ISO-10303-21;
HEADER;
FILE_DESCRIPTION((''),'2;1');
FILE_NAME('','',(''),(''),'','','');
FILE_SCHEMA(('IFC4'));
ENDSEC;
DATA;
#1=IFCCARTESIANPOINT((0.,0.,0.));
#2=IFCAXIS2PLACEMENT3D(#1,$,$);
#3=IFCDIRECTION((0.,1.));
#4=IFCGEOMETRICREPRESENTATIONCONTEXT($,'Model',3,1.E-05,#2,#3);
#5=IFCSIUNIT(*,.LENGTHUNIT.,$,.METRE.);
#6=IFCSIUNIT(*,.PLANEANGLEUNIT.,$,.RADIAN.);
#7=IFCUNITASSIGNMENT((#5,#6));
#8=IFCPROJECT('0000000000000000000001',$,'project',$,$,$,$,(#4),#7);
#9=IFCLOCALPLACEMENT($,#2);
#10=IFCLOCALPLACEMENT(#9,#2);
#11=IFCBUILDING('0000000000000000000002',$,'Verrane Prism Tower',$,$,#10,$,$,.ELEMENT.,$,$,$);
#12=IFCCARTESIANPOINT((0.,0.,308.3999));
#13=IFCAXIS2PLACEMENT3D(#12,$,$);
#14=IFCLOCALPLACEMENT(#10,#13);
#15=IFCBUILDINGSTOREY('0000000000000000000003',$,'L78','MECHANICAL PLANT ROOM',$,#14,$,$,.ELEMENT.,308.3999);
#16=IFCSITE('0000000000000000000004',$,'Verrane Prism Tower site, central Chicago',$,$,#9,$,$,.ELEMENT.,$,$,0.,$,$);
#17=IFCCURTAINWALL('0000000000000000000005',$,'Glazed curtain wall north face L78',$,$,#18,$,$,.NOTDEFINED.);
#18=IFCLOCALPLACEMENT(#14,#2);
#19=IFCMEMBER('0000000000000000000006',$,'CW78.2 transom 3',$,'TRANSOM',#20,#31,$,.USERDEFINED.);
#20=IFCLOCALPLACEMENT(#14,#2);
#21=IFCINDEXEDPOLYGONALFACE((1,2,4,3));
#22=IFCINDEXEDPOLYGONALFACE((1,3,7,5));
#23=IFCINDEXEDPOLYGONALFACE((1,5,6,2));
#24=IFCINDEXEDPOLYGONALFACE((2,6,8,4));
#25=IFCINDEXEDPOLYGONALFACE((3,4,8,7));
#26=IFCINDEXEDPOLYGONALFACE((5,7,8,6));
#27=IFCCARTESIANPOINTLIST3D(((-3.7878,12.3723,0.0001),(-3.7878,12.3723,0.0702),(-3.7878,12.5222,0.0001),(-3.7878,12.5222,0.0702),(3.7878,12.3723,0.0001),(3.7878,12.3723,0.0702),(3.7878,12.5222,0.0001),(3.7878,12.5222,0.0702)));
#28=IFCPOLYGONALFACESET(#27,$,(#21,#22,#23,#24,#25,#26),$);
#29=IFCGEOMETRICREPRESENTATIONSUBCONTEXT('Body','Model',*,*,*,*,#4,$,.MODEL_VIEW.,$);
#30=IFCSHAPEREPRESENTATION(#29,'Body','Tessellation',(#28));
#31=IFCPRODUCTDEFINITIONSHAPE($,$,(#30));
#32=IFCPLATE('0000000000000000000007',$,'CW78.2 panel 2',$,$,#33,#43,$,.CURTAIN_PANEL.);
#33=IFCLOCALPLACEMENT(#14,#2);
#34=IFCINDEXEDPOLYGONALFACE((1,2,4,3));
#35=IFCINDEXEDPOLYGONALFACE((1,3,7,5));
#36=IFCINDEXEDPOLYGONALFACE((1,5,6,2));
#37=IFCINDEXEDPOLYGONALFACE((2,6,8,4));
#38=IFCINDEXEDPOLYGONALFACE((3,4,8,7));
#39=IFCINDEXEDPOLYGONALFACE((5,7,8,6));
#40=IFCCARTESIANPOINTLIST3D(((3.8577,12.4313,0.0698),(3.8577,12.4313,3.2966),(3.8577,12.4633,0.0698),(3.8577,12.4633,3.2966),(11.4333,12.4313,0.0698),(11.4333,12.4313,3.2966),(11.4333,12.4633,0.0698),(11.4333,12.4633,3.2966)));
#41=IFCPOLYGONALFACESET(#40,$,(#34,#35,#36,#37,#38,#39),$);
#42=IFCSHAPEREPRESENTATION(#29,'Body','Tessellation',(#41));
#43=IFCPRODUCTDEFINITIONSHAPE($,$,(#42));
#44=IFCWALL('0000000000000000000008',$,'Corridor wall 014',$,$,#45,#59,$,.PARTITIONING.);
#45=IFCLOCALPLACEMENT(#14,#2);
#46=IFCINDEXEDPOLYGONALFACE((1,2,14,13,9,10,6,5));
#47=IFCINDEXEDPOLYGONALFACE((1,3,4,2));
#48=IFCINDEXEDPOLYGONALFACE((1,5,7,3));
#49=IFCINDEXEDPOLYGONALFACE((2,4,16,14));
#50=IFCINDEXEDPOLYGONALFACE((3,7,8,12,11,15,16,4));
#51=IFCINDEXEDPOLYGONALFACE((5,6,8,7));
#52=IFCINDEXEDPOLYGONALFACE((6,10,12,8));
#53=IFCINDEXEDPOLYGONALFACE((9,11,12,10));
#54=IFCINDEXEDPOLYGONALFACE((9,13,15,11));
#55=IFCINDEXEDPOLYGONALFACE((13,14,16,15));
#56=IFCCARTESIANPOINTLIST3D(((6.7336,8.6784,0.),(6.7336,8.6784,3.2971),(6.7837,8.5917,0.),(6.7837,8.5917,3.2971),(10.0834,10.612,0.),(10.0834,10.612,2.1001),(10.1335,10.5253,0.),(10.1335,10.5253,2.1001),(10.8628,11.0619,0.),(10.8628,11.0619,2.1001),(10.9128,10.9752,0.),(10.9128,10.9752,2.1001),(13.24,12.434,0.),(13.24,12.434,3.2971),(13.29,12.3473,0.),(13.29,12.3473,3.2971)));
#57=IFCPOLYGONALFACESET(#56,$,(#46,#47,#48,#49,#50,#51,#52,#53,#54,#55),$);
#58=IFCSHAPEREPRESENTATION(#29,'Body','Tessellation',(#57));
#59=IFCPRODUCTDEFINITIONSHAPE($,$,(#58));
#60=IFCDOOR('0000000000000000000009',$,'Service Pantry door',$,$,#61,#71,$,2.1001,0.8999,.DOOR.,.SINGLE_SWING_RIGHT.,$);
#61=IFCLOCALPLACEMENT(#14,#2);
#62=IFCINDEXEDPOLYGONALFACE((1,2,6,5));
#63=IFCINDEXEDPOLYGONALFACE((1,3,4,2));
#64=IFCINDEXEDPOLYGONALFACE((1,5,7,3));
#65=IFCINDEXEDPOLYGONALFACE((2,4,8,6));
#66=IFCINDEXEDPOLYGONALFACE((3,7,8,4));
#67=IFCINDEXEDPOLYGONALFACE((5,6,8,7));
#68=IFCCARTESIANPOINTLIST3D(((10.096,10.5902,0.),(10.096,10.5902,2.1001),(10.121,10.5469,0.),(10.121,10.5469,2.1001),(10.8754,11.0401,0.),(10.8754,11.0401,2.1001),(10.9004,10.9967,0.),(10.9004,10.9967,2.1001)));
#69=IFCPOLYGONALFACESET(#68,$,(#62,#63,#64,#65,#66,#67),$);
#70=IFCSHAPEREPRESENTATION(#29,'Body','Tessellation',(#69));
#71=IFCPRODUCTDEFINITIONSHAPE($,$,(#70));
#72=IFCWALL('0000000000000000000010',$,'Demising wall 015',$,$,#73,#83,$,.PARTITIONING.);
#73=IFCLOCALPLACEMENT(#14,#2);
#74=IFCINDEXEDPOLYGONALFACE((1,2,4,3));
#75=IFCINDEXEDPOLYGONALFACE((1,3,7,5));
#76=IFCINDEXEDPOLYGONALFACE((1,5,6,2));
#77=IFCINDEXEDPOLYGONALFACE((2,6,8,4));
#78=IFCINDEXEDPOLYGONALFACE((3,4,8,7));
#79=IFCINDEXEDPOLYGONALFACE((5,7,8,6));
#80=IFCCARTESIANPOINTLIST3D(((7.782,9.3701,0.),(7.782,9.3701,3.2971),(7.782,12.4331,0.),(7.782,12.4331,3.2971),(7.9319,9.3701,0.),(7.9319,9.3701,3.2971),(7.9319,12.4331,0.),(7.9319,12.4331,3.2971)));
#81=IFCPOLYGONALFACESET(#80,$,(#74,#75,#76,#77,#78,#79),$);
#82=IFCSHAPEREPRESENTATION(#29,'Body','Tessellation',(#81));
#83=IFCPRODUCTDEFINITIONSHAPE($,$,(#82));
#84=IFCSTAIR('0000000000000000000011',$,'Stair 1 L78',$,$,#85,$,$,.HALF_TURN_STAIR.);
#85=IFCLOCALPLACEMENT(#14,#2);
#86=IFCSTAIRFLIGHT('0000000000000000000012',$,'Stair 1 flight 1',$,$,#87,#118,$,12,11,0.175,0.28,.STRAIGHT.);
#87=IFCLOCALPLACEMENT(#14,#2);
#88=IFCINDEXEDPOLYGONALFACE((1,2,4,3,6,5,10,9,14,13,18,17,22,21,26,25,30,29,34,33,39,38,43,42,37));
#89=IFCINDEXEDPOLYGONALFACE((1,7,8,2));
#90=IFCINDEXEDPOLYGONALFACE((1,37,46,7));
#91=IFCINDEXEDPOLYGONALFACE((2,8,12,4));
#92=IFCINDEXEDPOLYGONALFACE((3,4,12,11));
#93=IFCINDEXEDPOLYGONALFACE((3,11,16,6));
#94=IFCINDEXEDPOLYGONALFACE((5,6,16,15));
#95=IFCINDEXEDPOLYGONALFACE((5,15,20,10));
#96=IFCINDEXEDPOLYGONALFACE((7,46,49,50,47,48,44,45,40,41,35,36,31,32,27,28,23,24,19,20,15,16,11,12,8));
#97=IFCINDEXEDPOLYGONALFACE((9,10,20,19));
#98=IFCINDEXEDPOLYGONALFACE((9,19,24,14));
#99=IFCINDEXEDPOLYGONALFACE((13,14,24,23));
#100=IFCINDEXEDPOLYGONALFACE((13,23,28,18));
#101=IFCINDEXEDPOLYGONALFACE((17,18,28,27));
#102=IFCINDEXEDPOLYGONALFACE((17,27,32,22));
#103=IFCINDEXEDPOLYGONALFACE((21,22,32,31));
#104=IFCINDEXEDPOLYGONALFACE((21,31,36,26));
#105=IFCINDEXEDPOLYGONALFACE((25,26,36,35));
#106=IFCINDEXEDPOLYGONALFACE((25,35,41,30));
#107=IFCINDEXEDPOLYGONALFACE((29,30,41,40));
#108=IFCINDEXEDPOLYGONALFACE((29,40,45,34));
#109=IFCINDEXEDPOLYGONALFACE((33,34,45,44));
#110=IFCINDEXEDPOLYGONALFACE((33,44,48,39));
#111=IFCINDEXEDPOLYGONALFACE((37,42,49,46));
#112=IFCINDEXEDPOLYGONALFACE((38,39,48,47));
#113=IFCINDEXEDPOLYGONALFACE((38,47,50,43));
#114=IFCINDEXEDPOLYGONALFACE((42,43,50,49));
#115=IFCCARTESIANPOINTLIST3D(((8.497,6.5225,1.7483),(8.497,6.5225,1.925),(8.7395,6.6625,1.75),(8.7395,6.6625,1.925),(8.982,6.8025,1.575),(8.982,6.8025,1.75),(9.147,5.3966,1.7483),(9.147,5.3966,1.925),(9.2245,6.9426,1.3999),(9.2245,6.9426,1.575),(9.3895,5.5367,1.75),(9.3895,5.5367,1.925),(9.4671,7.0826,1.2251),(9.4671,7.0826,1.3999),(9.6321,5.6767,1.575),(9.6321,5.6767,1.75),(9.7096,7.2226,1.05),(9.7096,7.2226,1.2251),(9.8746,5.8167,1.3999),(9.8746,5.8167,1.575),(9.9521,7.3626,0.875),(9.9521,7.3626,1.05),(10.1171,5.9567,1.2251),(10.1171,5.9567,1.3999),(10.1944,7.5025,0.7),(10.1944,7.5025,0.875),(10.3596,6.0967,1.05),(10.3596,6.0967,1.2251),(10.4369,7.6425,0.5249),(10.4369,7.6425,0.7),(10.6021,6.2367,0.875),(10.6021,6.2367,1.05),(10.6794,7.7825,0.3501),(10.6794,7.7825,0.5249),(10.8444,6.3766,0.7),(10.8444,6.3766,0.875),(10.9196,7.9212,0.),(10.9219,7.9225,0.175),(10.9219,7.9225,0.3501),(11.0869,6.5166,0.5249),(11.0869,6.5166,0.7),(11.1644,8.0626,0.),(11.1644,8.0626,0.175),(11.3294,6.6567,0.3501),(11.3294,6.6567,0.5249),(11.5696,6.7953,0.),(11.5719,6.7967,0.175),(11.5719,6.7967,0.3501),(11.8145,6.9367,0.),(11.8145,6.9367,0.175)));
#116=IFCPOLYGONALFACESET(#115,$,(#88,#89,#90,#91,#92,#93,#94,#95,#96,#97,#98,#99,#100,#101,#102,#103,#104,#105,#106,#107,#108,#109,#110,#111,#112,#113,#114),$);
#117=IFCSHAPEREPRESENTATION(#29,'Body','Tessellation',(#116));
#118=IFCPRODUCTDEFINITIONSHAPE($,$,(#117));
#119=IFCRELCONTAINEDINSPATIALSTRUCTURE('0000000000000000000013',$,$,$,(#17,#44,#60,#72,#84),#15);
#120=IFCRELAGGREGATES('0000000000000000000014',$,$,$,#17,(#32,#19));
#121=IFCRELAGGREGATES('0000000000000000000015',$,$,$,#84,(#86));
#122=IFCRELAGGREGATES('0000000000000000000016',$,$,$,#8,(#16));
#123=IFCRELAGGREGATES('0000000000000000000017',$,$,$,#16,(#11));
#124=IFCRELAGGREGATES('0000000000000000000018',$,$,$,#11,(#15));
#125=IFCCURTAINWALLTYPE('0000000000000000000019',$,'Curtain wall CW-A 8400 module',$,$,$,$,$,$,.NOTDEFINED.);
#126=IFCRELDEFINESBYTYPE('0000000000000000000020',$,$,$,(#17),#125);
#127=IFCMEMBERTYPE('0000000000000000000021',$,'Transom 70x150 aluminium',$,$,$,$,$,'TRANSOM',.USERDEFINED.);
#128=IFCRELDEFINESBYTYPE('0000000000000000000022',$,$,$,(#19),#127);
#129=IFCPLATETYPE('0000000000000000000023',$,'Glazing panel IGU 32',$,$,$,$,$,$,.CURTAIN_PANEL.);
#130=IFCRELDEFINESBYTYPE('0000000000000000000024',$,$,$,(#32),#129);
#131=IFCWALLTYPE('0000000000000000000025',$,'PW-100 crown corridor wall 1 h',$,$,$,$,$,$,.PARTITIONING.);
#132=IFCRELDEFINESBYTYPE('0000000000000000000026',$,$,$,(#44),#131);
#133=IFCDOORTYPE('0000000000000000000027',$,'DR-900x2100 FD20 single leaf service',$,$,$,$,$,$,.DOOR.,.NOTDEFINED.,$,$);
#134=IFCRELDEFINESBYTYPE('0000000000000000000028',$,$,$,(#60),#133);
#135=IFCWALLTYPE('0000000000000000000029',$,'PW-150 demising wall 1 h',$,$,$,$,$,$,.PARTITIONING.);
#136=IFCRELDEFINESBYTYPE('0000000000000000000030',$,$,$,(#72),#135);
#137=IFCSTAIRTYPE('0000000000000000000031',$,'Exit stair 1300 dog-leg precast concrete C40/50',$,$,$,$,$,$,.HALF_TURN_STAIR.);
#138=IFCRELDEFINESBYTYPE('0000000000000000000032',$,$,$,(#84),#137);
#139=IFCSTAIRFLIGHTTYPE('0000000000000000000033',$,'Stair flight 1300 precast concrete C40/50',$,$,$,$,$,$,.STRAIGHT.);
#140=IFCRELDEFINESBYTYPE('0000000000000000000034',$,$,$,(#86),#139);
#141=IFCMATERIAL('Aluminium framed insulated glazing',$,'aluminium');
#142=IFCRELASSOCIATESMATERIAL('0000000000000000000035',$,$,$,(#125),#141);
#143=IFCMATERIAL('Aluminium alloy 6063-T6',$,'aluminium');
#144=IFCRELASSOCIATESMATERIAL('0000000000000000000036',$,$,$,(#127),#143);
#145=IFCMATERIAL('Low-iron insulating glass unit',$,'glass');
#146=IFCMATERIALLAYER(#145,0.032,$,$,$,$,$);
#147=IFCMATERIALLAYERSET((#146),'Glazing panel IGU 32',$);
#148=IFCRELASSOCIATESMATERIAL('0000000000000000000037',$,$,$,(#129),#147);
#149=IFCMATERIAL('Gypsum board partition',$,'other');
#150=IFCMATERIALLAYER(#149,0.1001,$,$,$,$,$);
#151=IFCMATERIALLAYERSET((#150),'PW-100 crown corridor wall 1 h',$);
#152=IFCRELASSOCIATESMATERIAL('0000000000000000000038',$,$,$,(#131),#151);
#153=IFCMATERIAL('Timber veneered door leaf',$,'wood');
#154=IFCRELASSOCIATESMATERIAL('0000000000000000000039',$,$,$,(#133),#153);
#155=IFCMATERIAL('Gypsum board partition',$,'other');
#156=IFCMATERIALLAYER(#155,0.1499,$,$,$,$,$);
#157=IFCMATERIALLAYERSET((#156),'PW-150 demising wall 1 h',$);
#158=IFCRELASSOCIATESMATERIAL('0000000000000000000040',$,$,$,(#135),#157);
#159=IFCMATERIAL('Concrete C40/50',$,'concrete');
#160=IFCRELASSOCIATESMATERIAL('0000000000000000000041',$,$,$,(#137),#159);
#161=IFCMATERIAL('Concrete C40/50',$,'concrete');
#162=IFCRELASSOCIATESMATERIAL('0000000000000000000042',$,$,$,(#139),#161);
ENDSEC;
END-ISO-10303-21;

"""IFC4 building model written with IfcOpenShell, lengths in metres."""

from ifc_helpers import new_model, si_unit, direction, frame, frame_2d, origin, origin_2d, place, context, subcontext, project, spatial, polyline, rectangle, outline, extrude, material, layer, layer_set, material_profile, profile_set, type_object, element, fill, aggregate, save


model = new_model("IFC4")

# Units and contexts
model_context = context("Model", 3, precision=1e-05, world=origin(), true_north=direction((0.0, 1.0)))
body_context = subcontext(model_context, "Body", "Model", "MODEL_VIEW")
ifc_project = project(units=[si_unit("LENGTHUNIT", "METRE"), si_unit("PLANEANGLEUNIT", "RADIAN")], contexts=[model_context])

# Site, building, storey
site_placement = place(None, origin())
site = spatial("IfcSite", under=ifc_project, at=site_placement, Name="Verrane Prism Tower site, central Chicago", CompositionType="ELEMENT", RefElevation=0.0)
building_placement = place(site_placement, origin())
building = spatial("IfcBuilding", under=site, at=building_placement, Name="Verrane Prism Tower", CompositionType="ELEMENT")
storey_placement = place(building_placement, frame((0.0, 0.0, 308.3999)))
storey = spatial("IfcBuildingStorey", under=building, at=storey_placement, Name="L78", Description="MECHANICAL PLANT ROOM", CompositionType="ELEMENT", Elevation=308.3999)

# Curtain wall
ifc_material_1 = material(Name="Aluminium framed insulated glazing", Category="aluminium")
curtain_wall_type = type_object("IfcCurtainWallType", Name="Curtain wall CW-A 8400 module", PredefinedType="NOTDEFINED", material=ifc_material_1)
curtain_wall_placement = place(storey_placement, origin())
curtain_wall = element("IfcCurtainWall", 1, at=curtain_wall_placement, inside=storey, type_object=curtain_wall_type, Name="Glazed curtain wall north face L78", PredefinedType="NOTDEFINED")

# Member
ifc_material_2 = material(Name="Aluminium alloy 6063-T6", Category="aluminium")
ifc_material_profile_1 = material_profile(ifc_material_2, rectangle(XDim=0.1499, YDim=0.0701, at=origin_2d()), Name="Transom 70x150 aluminium")
ifc_profile_set_1 = profile_set([ifc_material_profile_1], Name="Aluminium alloy 6063-T6")
member_type_1 = type_object("IfcMemberType", Name="Transom 70x150 aluminium", ElementType="TRANSOM", PredefinedType="USERDEFINED", material=ifc_profile_set_1)
member_1_placement = place(storey_placement, frame((3.7878, 12.4473, 0.0352), z_axis=(-1.0, 0.0, 0.0), x_axis=(0.0, -1.0, 0.0)))
member_1 = element("IfcMember", 2, at=member_1_placement, type_object=member_type_1, Name="CW78.2 transom 3", ObjectType="TRANSOM", PredefinedType="USERDEFINED", context=body_context, shape_type="SweptSolid", body=[
    extrude(rectangle(XDim=0.1499, YDim=0.0701, at=origin_2d()), origin(), (0.0, 0.0, 1.0), 7.5757),
])

# Plate
ifc_material_3 = material(Name="Low-iron insulating glass unit", Category="glass")
ifc_layer_1 = layer(ifc_material_3, 0.032)
ifc_layer_set_1 = layer_set([ifc_layer_1], Name="Glazing panel IGU 32")
plate_type = type_object("IfcPlateType", Name="Glazing panel IGU 32", PredefinedType="CURTAIN_PANEL", material=ifc_layer_set_1)
plate_placement = place(storey_placement, frame((7.6455, 12.4473, 0.0698), z_axis=(0.0, 0.0, 1.0), x_axis=(-1.0, 0.0, 0.0)))
plate = element("IfcPlate", 3, at=plate_placement, type_object=plate_type, Name="CW78.2 panel 2", PredefinedType="CURTAIN_PANEL", context=body_context, shape_type="SweptSolid", body=[
    extrude(rectangle(XDim=7.5757, YDim=0.032, at=origin_2d()), origin(), (0.0, 0.0, 1.0), 3.2268),
])
aggregate(curtain_wall, [plate, member_1])

# Wall, opening, door
ifc_material_4 = material(Name="Gypsum board partition", Category="other")
ifc_layer_2 = layer(ifc_material_4, 0.1001)
ifc_layer_set_2 = layer_set([ifc_layer_2], Name="PW-100 crown corridor wall 1 h")
wall_type_1 = type_object("IfcWallType", Name="PW-100 crown corridor wall 1 h", PredefinedType="PARTITIONING", material=ifc_layer_set_2)
wall_1_placement = place(storey_placement, frame((6.7585, 8.635, 0.0), z_axis=(0.0, 0.0, 1.0), x_axis=(0.866073, 0.499918, 0.0)))
wall_1 = element("IfcWall", 4, at=wall_1_placement, inside=storey, type_object=wall_type_1, Name="Corridor wall 014", PredefinedType="PARTITIONING", context=body_context, shape_type="SweptSolid", body=[
    extrude(rectangle(XDim=7.5125, YDim=0.1001, at=frame_2d((3.7563, 0.0))), origin(), (0.0, 0.0, 1.0), 3.2971),
])
opening_placement = place(wall_1_placement, frame((3.8679, 0.0, 0.0)))
opening = element("IfcOpeningElement", 5, at=opening_placement, cuts=wall_1, PredefinedType="OPENING", context=body_context, shape_type="SweptSolid", body=[
    extrude(rectangle(XDim=0.8999, YDim=2.1001, at=frame_2d((0.45, 1.05))), frame((0.0, 0.0601, 0.0), z_axis=(0.0, -1.0, 0.0), x_axis=(1.0, 0.0, 0.0)), (0.0, 0.0, 1.0), 0.1201),
])
ifc_material_5 = material(Name="Timber veneered door leaf", Category="wood")
door_type = type_object("IfcDoorType", Name="DR-900x2100 FD20 single leaf service", OperationType="NOTDEFINED", PredefinedType="DOOR", material=ifc_material_5)
door_placement = place(opening_placement, origin())
door = element("IfcDoor", 6, at=door_placement, inside=storey, type_object=door_type, Name="Service Pantry door", OperationType="SINGLE_SWING_RIGHT", OverallHeight=2.1001, OverallWidth=0.8999, PredefinedType="DOOR", context=body_context, shape_type="SweptSolid", body=[
    extrude(rectangle(XDim=0.8999, YDim=2.1001, at=frame_2d((0.45, 1.05))), frame((0.0, 0.0249, 0.0), z_axis=(0.0, -1.0, 0.0), x_axis=(1.0, 0.0, 0.0)), (0.0, 0.0, 1.0), 0.05),
])
fill(opening, door)

# Wall
ifc_material_6 = material(Name="Gypsum board partition", Category="other")
ifc_layer_3 = layer(ifc_material_6, 0.1499)
ifc_layer_set_3 = layer_set([ifc_layer_3], Name="PW-150 demising wall 1 h")
wall_type_2 = type_object("IfcWallType", Name="PW-150 demising wall 1 h", PredefinedType="PARTITIONING", material=ifc_layer_set_3)
wall_2_placement = place(storey_placement, frame((7.8569, 9.3701, 0.0), z_axis=(0.0, 0.0, 1.0), x_axis=(0.0, 1.0, 0.0)))
element("IfcWall", 7, at=wall_2_placement, inside=storey, type_object=wall_type_2, Name="Demising wall 015", PredefinedType="PARTITIONING", context=body_context, shape_type="SweptSolid", body=[
    extrude(rectangle(XDim=3.063, YDim=0.1499, at=frame_2d((1.5315, 0.0))), origin(), (0.0, 0.0, 1.0), 3.2971),
])

# Stair, stair flight
ifc_material_7 = material(Name="Concrete C40/50", Category="concrete")
stair_type = type_object("IfcStairType", Name="Exit stair 1300 dog-leg precast concrete C40/50", PredefinedType="HALF_TURN_STAIR", material=ifc_material_7)
stair_placement = place(storey_placement, origin())
stair = element("IfcStair", 8, at=stair_placement, inside=storey, type_object=stair_type, Name="Stair 1 L78", PredefinedType="HALF_TURN_STAIR")
ifc_material_8 = material(Name="Concrete C40/50", Category="concrete")
stair_flight_type = type_object("IfcStairFlightType", Name="Stair flight 1300 precast concrete C40/50", PredefinedType="STRAIGHT", material=ifc_material_8)
stair_flight_placement = place(storey_placement, frame((11.4895, 7.4995, 0.0), z_axis=(0.0, 0.0, 1.0), x_axis=(-0.866025, -0.5, 0.0)))
stair_flight = element("IfcStairFlight", 9, at=stair_flight_placement, type_object=stair_flight_type, Name="Stair 1 flight 1", NumberOfRisers=12, NumberOfTreads=11, PredefinedType="STRAIGHT", RiserHeight=0.175, TreadLength=0.28, context=body_context, shape_type="SweptSolid", body=[
    extrude(outline(polyline([(0.0, 0.0), (0.0, 0.175), (0.28, 0.175), (0.28, 0.3501), (0.5601, 0.3501), (0.5601, 0.5249), (0.8401, 0.5249), (0.8401, 0.7), (1.1201, 0.7), (1.1201, 0.875), (1.3999, 0.875), (1.3999, 1.05), (1.6799, 1.05), (1.6799, 1.2251), (1.96, 1.2251), (1.96, 1.3999), (2.24, 1.3999), (2.24, 1.575), (2.52, 1.575), (2.52, 1.75), (2.8, 1.75), (2.8, 1.925), (3.0801, 1.925), (3.0801, 2.1001), (3.0801, 1.7483), (0.2827, 0.0), (0.0, 0.0)])), frame((0.0, 0.6499, 0.0), z_axis=(0.0, -1.0, 0.0), x_axis=(1.0, 0.0, 0.0)), (0.0, 0.0, 1.0), 1.3),
])
aggregate(stair, [stair_flight])

save(model, "model.ifc")
